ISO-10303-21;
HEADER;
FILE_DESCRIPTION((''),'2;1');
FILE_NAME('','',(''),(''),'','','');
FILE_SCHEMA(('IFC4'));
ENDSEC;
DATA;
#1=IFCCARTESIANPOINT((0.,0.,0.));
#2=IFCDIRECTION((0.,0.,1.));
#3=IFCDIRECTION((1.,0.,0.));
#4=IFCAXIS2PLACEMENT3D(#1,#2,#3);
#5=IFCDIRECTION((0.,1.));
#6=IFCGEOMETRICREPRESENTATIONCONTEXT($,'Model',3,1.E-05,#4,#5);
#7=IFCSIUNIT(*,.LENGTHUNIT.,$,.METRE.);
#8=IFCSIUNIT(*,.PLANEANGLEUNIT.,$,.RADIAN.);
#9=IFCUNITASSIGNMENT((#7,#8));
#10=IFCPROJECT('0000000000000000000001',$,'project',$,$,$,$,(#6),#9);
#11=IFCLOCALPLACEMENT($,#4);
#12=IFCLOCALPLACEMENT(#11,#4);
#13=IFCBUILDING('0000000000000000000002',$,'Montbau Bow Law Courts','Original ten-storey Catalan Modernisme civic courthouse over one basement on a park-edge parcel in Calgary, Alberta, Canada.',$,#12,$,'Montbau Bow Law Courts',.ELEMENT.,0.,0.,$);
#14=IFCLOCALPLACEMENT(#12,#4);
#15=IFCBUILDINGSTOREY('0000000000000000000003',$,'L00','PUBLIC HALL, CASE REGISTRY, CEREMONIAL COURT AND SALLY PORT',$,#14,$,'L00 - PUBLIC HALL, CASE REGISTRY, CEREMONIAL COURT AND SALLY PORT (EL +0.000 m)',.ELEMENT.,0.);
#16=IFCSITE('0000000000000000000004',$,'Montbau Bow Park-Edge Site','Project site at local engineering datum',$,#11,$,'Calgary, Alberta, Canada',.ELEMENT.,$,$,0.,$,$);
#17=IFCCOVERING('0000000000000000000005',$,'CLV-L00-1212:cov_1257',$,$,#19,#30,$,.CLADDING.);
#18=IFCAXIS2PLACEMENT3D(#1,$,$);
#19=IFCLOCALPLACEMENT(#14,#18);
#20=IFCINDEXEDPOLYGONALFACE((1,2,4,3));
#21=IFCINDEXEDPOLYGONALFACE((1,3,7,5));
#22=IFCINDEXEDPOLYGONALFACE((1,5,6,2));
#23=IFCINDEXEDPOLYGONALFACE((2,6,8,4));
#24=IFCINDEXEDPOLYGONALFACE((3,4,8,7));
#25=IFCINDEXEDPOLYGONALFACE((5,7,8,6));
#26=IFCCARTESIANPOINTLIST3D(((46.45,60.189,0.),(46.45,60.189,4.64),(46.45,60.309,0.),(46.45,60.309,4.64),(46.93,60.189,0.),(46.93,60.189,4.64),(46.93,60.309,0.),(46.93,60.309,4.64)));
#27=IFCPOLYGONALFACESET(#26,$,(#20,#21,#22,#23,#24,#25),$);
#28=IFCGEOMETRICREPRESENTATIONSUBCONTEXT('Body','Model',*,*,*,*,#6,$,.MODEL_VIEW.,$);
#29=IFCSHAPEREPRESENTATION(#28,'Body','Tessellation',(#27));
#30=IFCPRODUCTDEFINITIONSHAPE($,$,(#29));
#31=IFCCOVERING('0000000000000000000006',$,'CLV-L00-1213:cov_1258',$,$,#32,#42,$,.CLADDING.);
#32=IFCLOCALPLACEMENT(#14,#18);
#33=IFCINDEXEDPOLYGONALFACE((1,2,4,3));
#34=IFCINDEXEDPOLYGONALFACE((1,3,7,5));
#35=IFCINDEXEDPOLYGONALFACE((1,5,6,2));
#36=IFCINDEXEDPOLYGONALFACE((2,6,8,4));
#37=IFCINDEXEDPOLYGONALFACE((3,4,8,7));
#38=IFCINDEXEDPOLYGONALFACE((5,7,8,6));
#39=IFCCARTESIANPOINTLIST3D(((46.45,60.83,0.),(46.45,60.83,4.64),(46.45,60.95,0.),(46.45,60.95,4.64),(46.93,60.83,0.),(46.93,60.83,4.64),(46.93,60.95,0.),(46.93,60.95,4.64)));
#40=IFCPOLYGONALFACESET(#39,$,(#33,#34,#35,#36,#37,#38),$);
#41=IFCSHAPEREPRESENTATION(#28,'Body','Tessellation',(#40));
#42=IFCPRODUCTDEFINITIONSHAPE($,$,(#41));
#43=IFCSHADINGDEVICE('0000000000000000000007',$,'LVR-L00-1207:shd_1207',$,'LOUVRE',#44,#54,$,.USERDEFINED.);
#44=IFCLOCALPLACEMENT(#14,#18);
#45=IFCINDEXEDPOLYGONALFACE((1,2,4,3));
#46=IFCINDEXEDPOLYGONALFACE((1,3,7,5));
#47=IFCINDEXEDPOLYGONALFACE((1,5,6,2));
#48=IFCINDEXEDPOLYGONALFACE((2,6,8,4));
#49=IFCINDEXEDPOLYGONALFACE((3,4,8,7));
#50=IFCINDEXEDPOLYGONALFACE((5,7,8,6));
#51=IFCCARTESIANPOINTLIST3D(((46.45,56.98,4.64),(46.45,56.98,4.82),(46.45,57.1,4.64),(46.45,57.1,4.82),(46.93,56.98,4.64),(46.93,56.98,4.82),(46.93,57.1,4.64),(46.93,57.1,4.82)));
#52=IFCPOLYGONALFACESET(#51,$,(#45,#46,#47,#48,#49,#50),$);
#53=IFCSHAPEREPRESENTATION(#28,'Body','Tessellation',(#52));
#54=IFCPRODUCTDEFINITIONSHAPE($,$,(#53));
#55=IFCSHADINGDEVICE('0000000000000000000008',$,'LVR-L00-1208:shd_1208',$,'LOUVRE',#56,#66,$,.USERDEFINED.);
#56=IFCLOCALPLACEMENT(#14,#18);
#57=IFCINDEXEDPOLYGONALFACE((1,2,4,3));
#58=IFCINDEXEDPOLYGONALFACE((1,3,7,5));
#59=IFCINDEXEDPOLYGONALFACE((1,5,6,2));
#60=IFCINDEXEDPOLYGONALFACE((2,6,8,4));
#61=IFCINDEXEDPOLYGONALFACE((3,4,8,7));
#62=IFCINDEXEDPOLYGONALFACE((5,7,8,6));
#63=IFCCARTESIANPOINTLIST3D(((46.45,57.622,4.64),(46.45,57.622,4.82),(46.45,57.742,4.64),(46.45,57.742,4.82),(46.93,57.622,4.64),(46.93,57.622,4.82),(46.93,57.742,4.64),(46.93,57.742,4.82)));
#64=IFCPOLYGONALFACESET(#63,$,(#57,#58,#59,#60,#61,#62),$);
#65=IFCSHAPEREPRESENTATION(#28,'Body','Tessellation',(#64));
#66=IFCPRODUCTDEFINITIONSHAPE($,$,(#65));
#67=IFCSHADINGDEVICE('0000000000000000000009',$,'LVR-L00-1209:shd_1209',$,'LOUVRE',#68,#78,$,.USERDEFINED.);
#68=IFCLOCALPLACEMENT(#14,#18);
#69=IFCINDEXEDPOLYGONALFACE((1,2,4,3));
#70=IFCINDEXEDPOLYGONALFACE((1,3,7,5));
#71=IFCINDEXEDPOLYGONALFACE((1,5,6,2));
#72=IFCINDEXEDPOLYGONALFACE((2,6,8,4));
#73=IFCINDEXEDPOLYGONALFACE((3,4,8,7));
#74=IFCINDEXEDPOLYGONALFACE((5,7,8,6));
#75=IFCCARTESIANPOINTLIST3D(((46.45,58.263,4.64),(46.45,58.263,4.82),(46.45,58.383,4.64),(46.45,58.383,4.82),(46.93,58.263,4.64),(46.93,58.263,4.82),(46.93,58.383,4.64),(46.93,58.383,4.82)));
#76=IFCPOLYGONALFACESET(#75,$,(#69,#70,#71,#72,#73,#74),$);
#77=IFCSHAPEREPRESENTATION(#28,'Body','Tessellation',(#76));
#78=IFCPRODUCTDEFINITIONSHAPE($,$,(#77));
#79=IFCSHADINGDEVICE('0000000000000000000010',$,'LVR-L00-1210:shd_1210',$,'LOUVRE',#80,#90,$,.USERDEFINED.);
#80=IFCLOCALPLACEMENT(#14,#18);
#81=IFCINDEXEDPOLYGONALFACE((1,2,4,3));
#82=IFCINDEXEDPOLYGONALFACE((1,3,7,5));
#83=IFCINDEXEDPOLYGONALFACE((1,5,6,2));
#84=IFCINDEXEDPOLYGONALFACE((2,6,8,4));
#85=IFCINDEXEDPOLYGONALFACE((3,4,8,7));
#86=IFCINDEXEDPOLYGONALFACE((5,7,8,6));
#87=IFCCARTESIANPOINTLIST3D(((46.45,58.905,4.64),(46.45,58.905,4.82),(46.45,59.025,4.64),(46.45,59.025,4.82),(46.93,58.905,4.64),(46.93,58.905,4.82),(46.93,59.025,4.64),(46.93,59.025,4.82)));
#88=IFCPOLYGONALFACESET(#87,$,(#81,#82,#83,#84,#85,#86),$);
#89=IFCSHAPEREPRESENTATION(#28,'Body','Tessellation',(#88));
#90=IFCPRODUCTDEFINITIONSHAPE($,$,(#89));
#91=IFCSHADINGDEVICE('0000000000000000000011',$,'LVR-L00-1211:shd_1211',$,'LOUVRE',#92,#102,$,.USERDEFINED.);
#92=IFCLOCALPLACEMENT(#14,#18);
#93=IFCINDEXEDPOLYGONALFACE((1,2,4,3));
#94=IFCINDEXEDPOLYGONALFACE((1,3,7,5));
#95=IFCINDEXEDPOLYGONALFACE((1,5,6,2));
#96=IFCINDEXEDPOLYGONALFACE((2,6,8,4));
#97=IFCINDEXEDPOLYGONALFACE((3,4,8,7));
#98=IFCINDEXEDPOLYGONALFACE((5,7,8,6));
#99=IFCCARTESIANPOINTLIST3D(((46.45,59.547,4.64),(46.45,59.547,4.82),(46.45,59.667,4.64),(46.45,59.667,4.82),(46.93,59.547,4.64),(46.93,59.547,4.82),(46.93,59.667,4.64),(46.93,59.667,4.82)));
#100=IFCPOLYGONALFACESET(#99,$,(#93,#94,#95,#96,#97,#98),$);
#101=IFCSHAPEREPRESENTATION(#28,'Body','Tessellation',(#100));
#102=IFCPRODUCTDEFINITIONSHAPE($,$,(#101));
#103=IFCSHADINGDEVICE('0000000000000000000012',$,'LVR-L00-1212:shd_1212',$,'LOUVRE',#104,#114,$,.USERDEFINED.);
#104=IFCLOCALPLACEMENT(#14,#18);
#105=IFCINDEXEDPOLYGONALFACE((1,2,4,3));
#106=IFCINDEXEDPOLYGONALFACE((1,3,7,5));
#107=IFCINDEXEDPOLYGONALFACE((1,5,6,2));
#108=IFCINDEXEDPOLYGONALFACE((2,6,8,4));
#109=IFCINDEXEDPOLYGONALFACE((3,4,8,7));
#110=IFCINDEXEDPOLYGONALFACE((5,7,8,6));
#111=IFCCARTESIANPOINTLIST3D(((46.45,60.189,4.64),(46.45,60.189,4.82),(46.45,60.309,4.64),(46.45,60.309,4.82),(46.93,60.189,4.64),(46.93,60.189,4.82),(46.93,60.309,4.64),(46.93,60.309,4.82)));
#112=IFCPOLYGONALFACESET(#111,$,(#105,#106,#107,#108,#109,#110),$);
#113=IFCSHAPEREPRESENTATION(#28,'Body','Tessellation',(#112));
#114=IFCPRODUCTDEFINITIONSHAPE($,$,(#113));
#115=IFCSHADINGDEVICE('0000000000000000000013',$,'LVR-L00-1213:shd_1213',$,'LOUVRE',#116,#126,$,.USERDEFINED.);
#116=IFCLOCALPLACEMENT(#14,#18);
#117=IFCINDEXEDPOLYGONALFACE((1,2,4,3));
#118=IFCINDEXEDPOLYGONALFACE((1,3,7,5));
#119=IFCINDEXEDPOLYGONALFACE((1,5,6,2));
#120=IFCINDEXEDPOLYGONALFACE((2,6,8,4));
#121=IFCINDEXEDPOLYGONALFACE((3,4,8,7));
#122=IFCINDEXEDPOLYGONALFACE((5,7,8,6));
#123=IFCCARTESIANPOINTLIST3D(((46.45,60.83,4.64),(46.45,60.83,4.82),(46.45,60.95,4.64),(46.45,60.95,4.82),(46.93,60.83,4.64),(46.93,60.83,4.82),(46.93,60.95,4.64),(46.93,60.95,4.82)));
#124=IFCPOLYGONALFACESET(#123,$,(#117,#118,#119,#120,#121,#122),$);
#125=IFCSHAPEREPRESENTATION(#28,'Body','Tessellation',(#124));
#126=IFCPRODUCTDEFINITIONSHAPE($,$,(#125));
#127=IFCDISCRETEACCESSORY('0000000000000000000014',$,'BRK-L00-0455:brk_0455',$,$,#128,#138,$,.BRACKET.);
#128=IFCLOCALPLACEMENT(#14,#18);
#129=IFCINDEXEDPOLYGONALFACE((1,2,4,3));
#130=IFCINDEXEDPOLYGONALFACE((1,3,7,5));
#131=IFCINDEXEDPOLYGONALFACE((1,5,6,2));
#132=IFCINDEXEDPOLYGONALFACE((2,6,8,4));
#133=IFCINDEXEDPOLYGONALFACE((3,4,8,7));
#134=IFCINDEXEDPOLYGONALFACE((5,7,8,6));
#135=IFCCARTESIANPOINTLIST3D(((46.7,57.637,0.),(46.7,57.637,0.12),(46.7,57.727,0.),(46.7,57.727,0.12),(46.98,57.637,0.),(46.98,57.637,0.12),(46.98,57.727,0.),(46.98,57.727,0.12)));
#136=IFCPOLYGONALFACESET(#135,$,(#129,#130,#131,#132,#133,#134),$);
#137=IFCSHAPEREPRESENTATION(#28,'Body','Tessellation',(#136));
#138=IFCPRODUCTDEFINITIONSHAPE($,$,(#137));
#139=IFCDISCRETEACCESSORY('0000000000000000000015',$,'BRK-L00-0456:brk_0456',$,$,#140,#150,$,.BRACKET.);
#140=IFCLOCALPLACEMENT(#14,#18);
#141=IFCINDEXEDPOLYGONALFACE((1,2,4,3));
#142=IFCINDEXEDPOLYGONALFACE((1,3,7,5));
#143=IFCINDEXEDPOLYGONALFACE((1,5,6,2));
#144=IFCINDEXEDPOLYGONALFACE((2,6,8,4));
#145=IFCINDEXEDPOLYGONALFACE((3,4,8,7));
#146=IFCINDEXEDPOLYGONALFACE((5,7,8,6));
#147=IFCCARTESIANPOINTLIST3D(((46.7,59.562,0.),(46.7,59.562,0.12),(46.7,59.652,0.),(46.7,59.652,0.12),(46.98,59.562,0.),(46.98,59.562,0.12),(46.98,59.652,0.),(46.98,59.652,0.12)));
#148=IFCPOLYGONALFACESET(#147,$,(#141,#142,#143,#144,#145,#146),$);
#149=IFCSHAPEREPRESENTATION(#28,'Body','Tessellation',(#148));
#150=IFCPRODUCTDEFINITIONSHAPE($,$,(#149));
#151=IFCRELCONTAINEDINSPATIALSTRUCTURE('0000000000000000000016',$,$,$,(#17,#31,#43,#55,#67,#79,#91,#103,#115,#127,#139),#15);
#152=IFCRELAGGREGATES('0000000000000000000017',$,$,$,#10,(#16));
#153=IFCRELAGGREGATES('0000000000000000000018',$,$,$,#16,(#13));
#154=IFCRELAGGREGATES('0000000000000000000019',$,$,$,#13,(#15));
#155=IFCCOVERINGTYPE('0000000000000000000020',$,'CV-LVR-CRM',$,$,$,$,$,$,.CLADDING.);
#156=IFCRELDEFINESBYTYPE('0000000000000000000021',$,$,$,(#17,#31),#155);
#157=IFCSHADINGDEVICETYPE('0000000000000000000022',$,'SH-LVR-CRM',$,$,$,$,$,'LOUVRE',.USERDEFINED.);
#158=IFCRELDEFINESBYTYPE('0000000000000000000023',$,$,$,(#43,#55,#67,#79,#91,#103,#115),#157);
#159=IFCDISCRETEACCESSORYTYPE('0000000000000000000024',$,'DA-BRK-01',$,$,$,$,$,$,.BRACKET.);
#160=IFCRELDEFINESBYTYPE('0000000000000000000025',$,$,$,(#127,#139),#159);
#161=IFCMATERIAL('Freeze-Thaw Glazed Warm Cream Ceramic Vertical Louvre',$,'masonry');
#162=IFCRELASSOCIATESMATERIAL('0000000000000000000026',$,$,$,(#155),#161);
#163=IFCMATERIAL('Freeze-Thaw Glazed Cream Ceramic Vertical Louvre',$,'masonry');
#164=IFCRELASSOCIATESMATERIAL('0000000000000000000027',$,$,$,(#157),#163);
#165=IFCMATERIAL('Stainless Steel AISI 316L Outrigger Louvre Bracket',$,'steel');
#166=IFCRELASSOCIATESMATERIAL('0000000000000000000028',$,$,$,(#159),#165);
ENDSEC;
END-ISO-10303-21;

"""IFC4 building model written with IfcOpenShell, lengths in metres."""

from ifc_helpers import new_model, si_unit, direction, frame, frame_2d, origin_with_axes, origin_2d_with_axis, place, context, subcontext, project, spatial, rectangle, extrude, material, type_object, element, save


model = new_model("IFC4")

# Units and contexts
model_context = context("Model", 3, precision=1e-05, world=origin_with_axes(), true_north=direction((0.0, 1.0)))
body_context = subcontext(model_context, "Body", "Model", "MODEL_VIEW")
ifc_project = project(units=[si_unit("LENGTHUNIT", "METRE"), si_unit("PLANEANGLEUNIT", "RADIAN")], contexts=[model_context])

# Site, building, storey
site_placement = place(None, origin_with_axes())
site = spatial("IfcSite", under=ifc_project, at=site_placement, Name="Montbau Bow Park-Edge Site", Description="Project site at local engineering datum", LongName="Calgary, Alberta, Canada", CompositionType="ELEMENT", RefElevation=0.0)
building_placement = place(site_placement, origin_with_axes())
building = spatial("IfcBuilding", under=site, at=building_placement, Name="Montbau Bow Law Courts", Description="Original ten-storey Catalan Modernisme civic courthouse over one basement on a park-edge parcel in Calgary, Alberta, Canada.", LongName="Montbau Bow Law Courts", CompositionType="ELEMENT", ElevationOfRefHeight=0.0, ElevationOfTerrain=0.0)
storey_placement = place(building_placement, origin_with_axes())
storey = spatial("IfcBuildingStorey", under=building, at=storey_placement, Name="L00", Description="PUBLIC HALL, CASE REGISTRY, CEREMONIAL COURT AND SALLY PORT", LongName="L00 - PUBLIC HALL, CASE REGISTRY, CEREMONIAL COURT AND SALLY PORT (EL +0.000 m)", CompositionType="ELEMENT", Elevation=0.0)

# Coverings
ifc_material_1 = material(Name="Freeze-Thaw Glazed Warm Cream Ceramic Vertical Louvre", Category="masonry")
covering_type = type_object("IfcCoveringType", Name="CV-LVR-CRM", PredefinedType="CLADDING", material=ifc_material_1)
for number, where, z_axis, x_axis, name in (
    (1, (46.93, 60.249, 0.0), (0.0, 1.0, 0.0), (-1.0, 0.0, 0.0), "CLV-L00-1212:cov_1257"),
    (2, (46.93, 60.89, 0.0), (0.0, 1.0, 0.0), (-1.0, 0.0, 0.0), "CLV-L00-1213:cov_1258"),
):
    element("IfcCovering", number, at=place(None, frame(where, z_axis=z_axis, x_axis=x_axis)), inside=storey, type_object=covering_type, Name=name, PredefinedType="CLADDING", context=body_context, shape_type="SweptSolid", body=[
        extrude(rectangle(XDim=0.48, YDim=4.64, at=frame_2d((0.24, 2.32), x_axis=(1.0, 0.0))), frame((0.0, 0.0, -0.06), z_axis=(0.0, 0.0, 1.0), x_axis=(1.0, 0.0, 0.0)), (0.0, 0.0, 1.0), 0.12),
    ])

# Shading devices
ifc_material_2 = material(Name="Freeze-Thaw Glazed Cream Ceramic Vertical Louvre", Category="masonry")
shading_device_type = type_object("IfcShadingDeviceType", Name="SH-LVR-CRM", ElementType="LOUVRE", PredefinedType="USERDEFINED", material=ifc_material_2)
for number, where, z_axis, x_axis, name in (
    (3, (46.69, 57.04, 4.64), (0.0, 0.0, 1.0), (-1.0, 0.0, 0.0), "LVR-L00-1207:shd_1207"),
    (4, (46.69, 57.682, 4.64), (0.0, 0.0, 1.0), (-1.0, 0.0, 0.0), "LVR-L00-1208:shd_1208"),
    (5, (46.69, 58.323, 4.64), (0.0, 0.0, 1.0), (-1.0, 0.0, 0.0), "LVR-L00-1209:shd_1209"),
    (6, (46.69, 58.965, 4.64), (0.0, 0.0, 1.0), (-1.0, 0.0, 0.0), "LVR-L00-1210:shd_1210"),
    (7, (46.69, 59.607, 4.64), (0.0, 0.0, 1.0), (-1.0, 0.0, 0.0), "LVR-L00-1211:shd_1211"),
    (8, (46.69, 60.249, 4.64), (0.0, 0.0, 1.0), (-1.0, 0.0, 0.0), "LVR-L00-1212:shd_1212"),
    (9, (46.69, 60.89, 4.64), (0.0, 0.0, 1.0), (-1.0, 0.0, 0.0), "LVR-L00-1213:shd_1213"),
):
    element("IfcShadingDevice", number, at=place(None, frame(where, z_axis=z_axis, x_axis=x_axis)), inside=storey, type_object=shading_device_type, Name=name, ObjectType="LOUVRE", PredefinedType="USERDEFINED", context=body_context, shape_type="SweptSolid", body=[
        extrude(rectangle(XDim=0.48, YDim=0.12, at=origin_2d_with_axis()), origin_with_axes(), (0.0, 0.0, 1.0), 0.18),
    ])

# Discrete accessories
ifc_material_3 = material(Name="Stainless Steel AISI 316L Outrigger Louvre Bracket", Category="steel")
discrete_accessory_type = type_object("IfcDiscreteAccessoryType", Name="DA-BRK-01", PredefinedType="BRACKET", material=ifc_material_3)
for number, where, z_axis, x_axis, name in (
    (10, (46.84, 57.682, 0.0), (0.0, 0.0, 1.0), (-1.0, 0.0, 0.0), "BRK-L00-0455:brk_0455"),
    (11, (46.84, 59.607, 0.0), (0.0, 0.0, 1.0), (-1.0, 0.0, 0.0), "BRK-L00-0456:brk_0456"),
):
    element("IfcDiscreteAccessory", number, at=place(None, frame(where, z_axis=z_axis, x_axis=x_axis)), inside=storey, type_object=discrete_accessory_type, Name=name, PredefinedType="BRACKET", context=body_context, shape_type="SweptSolid", body=[
        extrude(rectangle(XDim=0.28, YDim=0.09, at=origin_2d_with_axis()), origin_with_axes(), (0.0, 0.0, 1.0), 0.12),
    ])

save(model, "model.ifc")
